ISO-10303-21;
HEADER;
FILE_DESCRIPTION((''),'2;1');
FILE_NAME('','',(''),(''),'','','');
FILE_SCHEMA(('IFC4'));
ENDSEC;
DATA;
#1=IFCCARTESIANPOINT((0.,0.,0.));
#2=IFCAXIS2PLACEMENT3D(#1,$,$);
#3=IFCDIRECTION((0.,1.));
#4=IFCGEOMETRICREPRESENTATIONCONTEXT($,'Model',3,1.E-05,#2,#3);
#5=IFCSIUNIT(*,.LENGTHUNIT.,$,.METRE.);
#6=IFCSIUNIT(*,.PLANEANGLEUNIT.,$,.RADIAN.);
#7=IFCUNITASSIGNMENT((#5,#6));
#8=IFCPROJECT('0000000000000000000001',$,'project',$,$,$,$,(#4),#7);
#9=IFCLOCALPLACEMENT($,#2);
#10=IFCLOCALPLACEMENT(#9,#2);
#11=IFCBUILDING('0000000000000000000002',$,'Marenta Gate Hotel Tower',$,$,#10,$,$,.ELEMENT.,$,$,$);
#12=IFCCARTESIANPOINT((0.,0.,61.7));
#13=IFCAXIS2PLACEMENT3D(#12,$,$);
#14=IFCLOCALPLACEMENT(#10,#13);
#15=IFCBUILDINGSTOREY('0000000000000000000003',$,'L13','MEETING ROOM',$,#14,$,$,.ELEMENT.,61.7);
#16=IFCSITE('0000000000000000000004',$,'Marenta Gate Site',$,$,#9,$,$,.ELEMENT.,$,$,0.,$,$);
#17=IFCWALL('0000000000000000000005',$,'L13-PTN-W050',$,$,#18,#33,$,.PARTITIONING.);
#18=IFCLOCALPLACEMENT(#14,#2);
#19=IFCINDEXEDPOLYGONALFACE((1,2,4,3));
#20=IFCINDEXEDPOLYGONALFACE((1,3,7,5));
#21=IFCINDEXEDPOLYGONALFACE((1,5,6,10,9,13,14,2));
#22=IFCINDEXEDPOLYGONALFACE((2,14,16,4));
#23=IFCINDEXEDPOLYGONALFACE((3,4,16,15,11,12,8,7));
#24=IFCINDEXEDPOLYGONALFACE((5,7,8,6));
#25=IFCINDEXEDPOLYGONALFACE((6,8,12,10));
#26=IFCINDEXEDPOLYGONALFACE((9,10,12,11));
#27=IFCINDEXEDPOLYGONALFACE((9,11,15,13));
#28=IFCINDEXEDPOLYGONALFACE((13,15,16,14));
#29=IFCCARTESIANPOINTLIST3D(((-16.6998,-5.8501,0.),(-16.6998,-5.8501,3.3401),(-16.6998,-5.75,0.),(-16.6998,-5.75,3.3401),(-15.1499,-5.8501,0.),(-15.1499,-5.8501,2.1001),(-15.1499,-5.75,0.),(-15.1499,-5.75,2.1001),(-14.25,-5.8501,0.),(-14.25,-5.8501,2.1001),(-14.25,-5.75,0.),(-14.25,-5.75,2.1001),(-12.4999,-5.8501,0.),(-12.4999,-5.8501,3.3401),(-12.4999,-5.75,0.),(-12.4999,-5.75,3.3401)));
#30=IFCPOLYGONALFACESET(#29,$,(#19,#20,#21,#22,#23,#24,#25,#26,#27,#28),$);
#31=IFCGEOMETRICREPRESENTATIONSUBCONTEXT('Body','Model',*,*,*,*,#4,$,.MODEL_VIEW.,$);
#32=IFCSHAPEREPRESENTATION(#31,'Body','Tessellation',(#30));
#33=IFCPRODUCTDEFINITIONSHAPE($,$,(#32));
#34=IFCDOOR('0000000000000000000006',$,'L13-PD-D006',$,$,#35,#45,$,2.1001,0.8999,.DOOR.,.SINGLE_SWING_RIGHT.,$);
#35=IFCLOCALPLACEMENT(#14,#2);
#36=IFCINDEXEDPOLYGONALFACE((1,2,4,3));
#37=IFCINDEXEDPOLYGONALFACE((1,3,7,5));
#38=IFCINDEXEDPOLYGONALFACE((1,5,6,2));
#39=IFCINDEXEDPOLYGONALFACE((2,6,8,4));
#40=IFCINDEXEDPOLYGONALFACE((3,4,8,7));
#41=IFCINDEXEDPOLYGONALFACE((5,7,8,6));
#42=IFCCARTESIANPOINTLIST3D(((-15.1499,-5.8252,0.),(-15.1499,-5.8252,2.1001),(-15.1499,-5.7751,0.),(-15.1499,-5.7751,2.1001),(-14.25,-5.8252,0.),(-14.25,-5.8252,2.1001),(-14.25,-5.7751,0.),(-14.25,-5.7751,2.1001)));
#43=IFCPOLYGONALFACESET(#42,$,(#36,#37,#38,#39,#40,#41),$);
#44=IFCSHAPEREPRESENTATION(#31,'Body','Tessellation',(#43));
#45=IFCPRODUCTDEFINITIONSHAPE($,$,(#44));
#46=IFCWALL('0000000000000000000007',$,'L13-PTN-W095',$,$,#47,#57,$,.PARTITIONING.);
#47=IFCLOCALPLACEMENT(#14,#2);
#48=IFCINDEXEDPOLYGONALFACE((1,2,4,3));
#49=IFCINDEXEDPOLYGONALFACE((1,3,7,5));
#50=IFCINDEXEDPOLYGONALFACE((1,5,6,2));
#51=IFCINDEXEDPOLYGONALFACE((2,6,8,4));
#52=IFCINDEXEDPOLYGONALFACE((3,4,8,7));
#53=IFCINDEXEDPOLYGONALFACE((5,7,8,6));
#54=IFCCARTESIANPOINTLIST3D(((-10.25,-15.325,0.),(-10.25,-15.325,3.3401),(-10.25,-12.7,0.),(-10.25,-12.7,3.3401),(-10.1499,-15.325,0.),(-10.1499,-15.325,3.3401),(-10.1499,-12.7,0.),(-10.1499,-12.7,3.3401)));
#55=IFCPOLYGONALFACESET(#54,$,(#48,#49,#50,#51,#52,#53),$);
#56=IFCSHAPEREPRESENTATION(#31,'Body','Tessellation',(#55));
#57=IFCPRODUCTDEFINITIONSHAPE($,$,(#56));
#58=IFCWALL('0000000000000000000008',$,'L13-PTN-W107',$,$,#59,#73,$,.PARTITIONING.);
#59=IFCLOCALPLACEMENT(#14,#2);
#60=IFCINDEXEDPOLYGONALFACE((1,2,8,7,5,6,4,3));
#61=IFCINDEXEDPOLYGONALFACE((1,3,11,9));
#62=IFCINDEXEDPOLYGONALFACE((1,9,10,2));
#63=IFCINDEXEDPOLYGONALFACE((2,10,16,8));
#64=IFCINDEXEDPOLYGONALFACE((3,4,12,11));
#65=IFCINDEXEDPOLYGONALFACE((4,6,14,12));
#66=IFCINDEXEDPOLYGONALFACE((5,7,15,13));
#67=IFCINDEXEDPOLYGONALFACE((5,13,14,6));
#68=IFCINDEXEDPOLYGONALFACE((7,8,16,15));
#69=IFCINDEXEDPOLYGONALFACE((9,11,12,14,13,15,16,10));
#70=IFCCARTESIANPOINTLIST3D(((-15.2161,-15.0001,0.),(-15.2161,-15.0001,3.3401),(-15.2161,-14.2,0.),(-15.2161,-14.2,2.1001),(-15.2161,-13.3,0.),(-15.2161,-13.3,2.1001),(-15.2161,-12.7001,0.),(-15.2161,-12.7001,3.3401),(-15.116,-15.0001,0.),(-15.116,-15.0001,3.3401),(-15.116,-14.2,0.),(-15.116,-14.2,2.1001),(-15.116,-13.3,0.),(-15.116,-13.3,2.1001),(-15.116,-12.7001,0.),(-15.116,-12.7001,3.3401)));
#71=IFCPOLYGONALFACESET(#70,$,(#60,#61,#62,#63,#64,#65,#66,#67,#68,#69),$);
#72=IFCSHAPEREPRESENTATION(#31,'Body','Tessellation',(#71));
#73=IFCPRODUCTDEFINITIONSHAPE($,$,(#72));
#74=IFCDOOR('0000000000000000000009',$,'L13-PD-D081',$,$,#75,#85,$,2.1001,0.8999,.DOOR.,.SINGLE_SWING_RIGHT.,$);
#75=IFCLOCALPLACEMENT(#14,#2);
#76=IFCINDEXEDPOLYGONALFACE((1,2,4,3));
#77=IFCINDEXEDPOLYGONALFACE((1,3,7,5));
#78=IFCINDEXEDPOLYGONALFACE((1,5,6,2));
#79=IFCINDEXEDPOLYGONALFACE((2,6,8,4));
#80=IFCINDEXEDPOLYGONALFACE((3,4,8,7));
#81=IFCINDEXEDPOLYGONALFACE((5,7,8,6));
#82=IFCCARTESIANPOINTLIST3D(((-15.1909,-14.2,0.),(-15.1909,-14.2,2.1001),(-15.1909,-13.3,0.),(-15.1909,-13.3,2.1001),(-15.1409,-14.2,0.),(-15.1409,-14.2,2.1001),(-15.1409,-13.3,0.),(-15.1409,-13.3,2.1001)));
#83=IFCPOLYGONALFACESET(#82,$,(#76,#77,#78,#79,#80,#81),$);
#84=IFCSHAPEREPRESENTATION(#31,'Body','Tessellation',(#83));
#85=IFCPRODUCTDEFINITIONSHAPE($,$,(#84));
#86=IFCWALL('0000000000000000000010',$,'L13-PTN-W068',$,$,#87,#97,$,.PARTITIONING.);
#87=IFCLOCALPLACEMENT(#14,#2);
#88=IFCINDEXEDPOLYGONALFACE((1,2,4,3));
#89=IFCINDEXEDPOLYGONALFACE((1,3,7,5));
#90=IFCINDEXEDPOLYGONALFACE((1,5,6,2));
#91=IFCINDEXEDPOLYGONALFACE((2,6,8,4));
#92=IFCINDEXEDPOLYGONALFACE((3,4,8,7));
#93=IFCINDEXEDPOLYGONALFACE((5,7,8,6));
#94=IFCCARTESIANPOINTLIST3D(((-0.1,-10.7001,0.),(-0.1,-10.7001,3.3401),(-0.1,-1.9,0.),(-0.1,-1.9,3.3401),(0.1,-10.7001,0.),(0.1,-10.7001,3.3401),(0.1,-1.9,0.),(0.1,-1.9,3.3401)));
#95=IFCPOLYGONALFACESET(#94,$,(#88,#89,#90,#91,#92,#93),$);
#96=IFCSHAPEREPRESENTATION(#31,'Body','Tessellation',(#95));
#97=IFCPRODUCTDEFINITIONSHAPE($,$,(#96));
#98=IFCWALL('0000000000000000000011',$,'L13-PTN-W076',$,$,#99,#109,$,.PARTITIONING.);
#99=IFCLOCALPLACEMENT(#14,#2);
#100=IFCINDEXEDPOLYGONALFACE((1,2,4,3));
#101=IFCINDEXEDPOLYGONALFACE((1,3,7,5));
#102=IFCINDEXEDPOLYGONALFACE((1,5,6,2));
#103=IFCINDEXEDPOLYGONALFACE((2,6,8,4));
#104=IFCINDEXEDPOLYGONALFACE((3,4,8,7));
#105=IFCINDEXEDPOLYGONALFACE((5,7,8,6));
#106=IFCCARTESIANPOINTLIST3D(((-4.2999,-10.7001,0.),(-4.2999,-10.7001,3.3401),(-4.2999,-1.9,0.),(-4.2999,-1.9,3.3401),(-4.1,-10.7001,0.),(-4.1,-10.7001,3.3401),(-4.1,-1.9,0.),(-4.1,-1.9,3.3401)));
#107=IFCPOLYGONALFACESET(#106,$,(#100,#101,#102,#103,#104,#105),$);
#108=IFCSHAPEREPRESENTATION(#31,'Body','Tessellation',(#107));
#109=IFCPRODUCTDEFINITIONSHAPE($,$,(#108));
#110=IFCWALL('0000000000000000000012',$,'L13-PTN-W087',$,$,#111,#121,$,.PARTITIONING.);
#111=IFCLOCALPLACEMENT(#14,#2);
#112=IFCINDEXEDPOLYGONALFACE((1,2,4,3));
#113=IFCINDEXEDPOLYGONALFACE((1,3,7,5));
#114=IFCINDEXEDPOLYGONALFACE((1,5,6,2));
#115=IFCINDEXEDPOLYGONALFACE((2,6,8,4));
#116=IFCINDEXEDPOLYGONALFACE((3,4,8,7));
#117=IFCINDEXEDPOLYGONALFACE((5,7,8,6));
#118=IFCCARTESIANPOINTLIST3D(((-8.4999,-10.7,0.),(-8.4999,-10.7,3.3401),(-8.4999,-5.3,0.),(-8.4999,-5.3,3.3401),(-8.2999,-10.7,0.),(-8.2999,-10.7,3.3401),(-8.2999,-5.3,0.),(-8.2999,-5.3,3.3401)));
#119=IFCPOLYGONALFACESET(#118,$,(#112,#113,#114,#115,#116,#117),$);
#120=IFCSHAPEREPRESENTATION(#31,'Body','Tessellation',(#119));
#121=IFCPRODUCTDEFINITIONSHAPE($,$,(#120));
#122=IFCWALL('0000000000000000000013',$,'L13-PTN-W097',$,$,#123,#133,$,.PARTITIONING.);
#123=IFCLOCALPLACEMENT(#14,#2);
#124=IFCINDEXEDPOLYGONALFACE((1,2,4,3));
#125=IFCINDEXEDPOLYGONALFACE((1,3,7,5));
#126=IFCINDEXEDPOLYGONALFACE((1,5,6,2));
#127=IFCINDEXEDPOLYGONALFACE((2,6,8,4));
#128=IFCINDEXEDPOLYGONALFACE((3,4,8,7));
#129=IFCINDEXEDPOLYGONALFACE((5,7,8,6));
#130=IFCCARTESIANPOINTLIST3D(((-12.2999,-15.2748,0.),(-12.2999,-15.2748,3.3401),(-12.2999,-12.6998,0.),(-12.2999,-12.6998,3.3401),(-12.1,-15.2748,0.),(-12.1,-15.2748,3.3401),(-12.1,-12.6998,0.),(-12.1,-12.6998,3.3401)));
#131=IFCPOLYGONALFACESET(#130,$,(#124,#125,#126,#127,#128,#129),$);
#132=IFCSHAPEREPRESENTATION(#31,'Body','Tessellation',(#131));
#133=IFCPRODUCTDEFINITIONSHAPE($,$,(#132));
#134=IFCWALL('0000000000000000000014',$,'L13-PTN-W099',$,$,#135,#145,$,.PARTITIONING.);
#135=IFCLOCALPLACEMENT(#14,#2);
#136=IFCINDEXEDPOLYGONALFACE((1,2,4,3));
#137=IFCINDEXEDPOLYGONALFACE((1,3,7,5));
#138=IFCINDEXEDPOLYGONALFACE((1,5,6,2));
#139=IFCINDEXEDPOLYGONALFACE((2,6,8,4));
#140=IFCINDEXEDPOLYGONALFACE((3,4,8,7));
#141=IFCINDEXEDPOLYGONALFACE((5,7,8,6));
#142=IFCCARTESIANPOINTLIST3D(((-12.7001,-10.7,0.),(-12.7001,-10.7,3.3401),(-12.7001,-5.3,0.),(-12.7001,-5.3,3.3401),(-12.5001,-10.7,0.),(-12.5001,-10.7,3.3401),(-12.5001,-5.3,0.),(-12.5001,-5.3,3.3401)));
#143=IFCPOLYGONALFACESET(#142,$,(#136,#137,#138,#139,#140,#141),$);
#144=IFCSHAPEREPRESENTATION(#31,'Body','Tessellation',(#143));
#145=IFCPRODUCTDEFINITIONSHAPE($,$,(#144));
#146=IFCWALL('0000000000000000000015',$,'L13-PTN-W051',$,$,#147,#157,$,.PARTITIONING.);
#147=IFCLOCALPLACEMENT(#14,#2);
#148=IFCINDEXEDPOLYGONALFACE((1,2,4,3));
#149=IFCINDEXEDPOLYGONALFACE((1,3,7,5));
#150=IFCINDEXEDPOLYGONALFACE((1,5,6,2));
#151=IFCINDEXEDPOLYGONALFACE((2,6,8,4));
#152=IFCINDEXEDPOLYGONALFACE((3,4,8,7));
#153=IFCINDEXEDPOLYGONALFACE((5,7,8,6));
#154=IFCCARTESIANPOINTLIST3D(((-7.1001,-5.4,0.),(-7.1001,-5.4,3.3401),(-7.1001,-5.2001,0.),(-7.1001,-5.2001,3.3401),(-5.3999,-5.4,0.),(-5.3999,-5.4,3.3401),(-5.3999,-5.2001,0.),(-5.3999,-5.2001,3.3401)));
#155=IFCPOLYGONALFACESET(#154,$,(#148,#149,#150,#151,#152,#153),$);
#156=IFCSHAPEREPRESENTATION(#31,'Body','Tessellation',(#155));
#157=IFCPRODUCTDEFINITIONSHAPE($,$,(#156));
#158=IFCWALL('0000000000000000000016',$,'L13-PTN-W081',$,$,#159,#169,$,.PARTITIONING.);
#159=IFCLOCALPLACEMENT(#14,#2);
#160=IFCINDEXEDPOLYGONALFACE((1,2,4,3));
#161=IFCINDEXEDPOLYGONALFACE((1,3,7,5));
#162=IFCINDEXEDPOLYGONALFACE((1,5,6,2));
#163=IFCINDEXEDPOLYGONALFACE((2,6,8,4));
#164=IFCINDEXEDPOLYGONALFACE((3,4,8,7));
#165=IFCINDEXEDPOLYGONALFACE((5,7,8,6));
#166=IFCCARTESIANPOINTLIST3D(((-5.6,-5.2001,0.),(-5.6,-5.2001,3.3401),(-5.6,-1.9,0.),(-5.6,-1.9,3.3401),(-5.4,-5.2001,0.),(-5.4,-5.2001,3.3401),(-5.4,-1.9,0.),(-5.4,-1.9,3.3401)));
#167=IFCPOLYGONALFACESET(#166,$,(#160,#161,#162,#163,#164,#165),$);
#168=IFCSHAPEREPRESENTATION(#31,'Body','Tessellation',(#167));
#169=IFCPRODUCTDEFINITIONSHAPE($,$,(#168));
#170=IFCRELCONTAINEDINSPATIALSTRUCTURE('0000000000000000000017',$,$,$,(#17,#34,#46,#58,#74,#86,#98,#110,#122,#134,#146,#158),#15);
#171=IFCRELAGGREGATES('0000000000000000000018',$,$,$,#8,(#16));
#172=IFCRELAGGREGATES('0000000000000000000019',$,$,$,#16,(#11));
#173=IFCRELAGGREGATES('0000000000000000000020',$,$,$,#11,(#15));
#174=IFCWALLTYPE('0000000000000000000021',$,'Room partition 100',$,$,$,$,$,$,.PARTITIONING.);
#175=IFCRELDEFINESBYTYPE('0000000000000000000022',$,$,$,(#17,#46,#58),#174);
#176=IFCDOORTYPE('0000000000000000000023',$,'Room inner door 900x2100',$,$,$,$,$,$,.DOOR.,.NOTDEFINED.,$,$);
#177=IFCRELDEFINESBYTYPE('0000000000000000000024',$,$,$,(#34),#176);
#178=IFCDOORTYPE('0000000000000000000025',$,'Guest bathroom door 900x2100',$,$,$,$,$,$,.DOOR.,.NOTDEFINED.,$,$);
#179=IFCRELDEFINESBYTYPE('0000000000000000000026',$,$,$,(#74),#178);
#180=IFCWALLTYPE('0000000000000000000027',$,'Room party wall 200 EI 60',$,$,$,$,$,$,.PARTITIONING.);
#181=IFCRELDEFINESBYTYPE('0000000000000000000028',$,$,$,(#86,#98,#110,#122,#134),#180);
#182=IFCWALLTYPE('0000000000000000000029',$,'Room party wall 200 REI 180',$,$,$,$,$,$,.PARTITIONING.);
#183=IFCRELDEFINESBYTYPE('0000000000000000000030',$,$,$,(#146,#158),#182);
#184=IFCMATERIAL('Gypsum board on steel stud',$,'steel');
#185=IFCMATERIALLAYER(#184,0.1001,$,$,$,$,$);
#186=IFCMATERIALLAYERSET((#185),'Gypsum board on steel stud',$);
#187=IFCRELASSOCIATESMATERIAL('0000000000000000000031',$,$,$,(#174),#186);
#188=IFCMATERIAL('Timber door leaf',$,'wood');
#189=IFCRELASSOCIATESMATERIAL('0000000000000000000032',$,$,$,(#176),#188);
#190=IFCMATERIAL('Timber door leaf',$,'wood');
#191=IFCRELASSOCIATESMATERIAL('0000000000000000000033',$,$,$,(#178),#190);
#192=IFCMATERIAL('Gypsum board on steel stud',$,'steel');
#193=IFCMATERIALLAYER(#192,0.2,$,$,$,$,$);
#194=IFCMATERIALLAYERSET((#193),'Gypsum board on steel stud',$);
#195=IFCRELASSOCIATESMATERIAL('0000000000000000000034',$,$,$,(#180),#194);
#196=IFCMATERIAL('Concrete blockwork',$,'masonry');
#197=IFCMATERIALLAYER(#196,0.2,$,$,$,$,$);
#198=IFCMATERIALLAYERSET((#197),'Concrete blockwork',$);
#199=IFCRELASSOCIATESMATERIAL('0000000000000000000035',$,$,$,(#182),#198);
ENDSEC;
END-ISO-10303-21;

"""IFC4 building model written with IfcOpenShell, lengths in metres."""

from ifc_helpers import new_model, si_unit, direction, frame, frame_2d, origin, place, context, subcontext, project, spatial, rectangle, extrude, material, layer, layer_set, type_object, element, fill, save


model = new_model("IFC4")

# Units and contexts
model_context = context("Model", 3, precision=1e-05, world=origin(), true_north=direction((0.0, 1.0)))
body_context = subcontext(model_context, "Body", "Model", "MODEL_VIEW")
ifc_project = project(units=[si_unit("LENGTHUNIT", "METRE"), si_unit("PLANEANGLEUNIT", "RADIAN")], contexts=[model_context])

# Site, building, storey
site_placement = place(None, origin())
site = spatial("IfcSite", under=ifc_project, at=site_placement, Name="Marenta Gate Site", CompositionType="ELEMENT", RefElevation=0.0)
building_placement = place(site_placement, origin())
building = spatial("IfcBuilding", under=site, at=building_placement, Name="Marenta Gate Hotel Tower", CompositionType="ELEMENT")
storey_placement = place(building_placement, frame((0.0, 0.0, 61.7)))
storey = spatial("IfcBuildingStorey", under=building, at=storey_placement, Name="L13", Description="MEETING ROOM", CompositionType="ELEMENT", Elevation=61.7)

# Wall, opening, door
ifc_material_1 = material(Name="Gypsum board on steel stud", Category="steel")
ifc_layer_1 = layer(ifc_material_1, 0.1001)
ifc_layer_set_1 = layer_set([ifc_layer_1], Name="Gypsum board on steel stud")
wall_type_1 = type_object("IfcWallType", Name="Room partition 100", PredefinedType="PARTITIONING", material=ifc_layer_set_1)
wall_1_placement = place(storey_placement, frame((-16.7, -5.8, 0.0), z_axis=(0.0, 0.0, 1.0), x_axis=(1.0, 0.0, 0.0)))
wall_1 = element("IfcWall", 1, at=wall_1_placement, inside=storey, type_object=wall_type_1, Name="L13-PTN-W050", PredefinedType="PARTITIONING", context=body_context, shape_type="SweptSolid", body=[
    extrude(rectangle(XDim=4.2, YDim=0.1001, at=frame_2d((2.1001, 0.0))), origin(), (0.0, 0.0, 1.0), 3.3401),
])
opening_1_placement = place(wall_1_placement, frame((1.55, 0.0, 0.0)))
opening_1 = element("IfcOpeningElement", 2, at=opening_1_placement, cuts=wall_1, PredefinedType="OPENING", context=body_context, shape_type="SweptSolid", body=[
    extrude(rectangle(XDim=0.8999, YDim=2.1001, at=frame_2d((0.45, 1.05))), frame((0.0, 0.05, 0.0), z_axis=(0.0, -1.0, 0.0), x_axis=(1.0, 0.0, 0.0)), (0.0, 0.0, 1.0), 0.1001),
])
ifc_material_2 = material(Name="Timber door leaf", Category="wood")
door_type_1 = type_object("IfcDoorType", Name="Room inner door 900x2100", OperationType="NOTDEFINED", PredefinedType="DOOR", material=ifc_material_2)
door_1_placement = place(opening_1_placement, origin())
door_1 = element("IfcDoor", 3, at=door_1_placement, inside=storey, type_object=door_type_1, Name="L13-PD-D006", OperationType="SINGLE_SWING_RIGHT", OverallHeight=2.1001, OverallWidth=0.8999, PredefinedType="DOOR", context=body_context, shape_type="SweptSolid", body=[
    extrude(rectangle(XDim=0.8999, YDim=2.1001, at=frame_2d((0.45, 1.05))), frame((0.0, 0.0249, 0.0), z_axis=(0.0, -1.0, 0.0), x_axis=(1.0, 0.0, 0.0)), (0.0, 0.0, 1.0), 0.05),
])
fill(opening_1, door_1)

# Wall
wall_2_placement = place(storey_placement, frame((-10.2, -15.325, 0.0), z_axis=(0.0, 0.0, 1.0), x_axis=(0.0, 1.0, 0.0)))
element("IfcWall", 4, at=wall_2_placement, inside=storey, type_object=wall_type_1, Name="L13-PTN-W095", PredefinedType="PARTITIONING", context=body_context, shape_type="SweptSolid", body=[
    extrude(rectangle(XDim=2.625, YDim=0.1001, at=frame_2d((1.3125, 0.0))), origin(), (0.0, 0.0, 1.0), 3.3401),
])

# Wall, opening, door
wall_3_placement = place(storey_placement, frame((-15.166, -15.0, 0.0), z_axis=(0.0, 0.0, 1.0), x_axis=(0.0, 1.0, 0.0)))
wall_3 = element("IfcWall", 5, at=wall_3_placement, inside=storey, type_object=wall_type_1, Name="L13-PTN-W107", PredefinedType="PARTITIONING", context=body_context, shape_type="SweptSolid", body=[
    extrude(rectangle(XDim=2.3, YDim=0.1001, at=frame_2d((1.1499, 0.0))), origin(), (0.0, 0.0, 1.0), 3.3401),
])
opening_2_placement = place(wall_3_placement, frame((0.8, 0.0, 0.0)))
opening_2 = element("IfcOpeningElement", 6, at=opening_2_placement, cuts=wall_3, PredefinedType="OPENING", context=body_context, shape_type="SweptSolid", body=[
    extrude(rectangle(XDim=0.8999, YDim=2.1001, at=frame_2d((0.45, 1.05))), frame((0.0, 0.05, 0.0), z_axis=(0.0, -1.0, 0.0), x_axis=(1.0, 0.0, 0.0)), (0.0, 0.0, 1.0), 0.1001),
])
ifc_material_3 = material(Name="Timber door leaf", Category="wood")
door_type_2 = type_object("IfcDoorType", Name="Guest bathroom door 900x2100", OperationType="NOTDEFINED", PredefinedType="DOOR", material=ifc_material_3)
door_2_placement = place(opening_2_placement, origin())
door_2 = element("IfcDoor", 7, at=door_2_placement, inside=storey, type_object=door_type_2, Name="L13-PD-D081", OperationType="SINGLE_SWING_RIGHT", OverallHeight=2.1001, OverallWidth=0.8999, PredefinedType="DOOR", context=body_context, shape_type="SweptSolid", body=[
    extrude(rectangle(XDim=0.8999, YDim=2.1001, at=frame_2d((0.45, 1.05))), frame((0.0, 0.0249, 0.0), z_axis=(0.0, -1.0, 0.0), x_axis=(1.0, 0.0, 0.0)), (0.0, 0.0, 1.0), 0.05),
])
fill(opening_2, door_2)

# Walls
ifc_material_4 = material(Name="Gypsum board on steel stud", Category="steel")
ifc_layer_2 = layer(ifc_material_4, 0.2)
ifc_layer_set_2 = layer_set([ifc_layer_2], Name="Gypsum board on steel stud")
wall_type_2 = type_object("IfcWallType", Name="Room party wall 200 EI 60", PredefinedType="PARTITIONING", material=ifc_layer_set_2)
for number, where, z_axis, x_axis, name in (
    (8, (0.0, -10.7, 0.0), (0.0, 0.0, 1.0), (0.0, 1.0, 0.0), "L13-PTN-W068"),
    (9, (-4.2, -10.7, 0.0), (0.0, 0.0, 1.0), (0.0, 1.0, 0.0), "L13-PTN-W076"),
):
    element("IfcWall", number, at=place(storey_placement, frame(where, z_axis=z_axis, x_axis=x_axis)), inside=storey, type_object=wall_type_2, Name=name, PredefinedType="PARTITIONING", context=body_context, shape_type="SweptSolid", body=[
        extrude(rectangle(XDim=8.8, YDim=0.2, at=frame_2d((4.3999, 0.0))), origin(), (0.0, 0.0, 1.0), 3.3401),
    ])
wall_4_placement = place(storey_placement, frame((-8.3999, -10.7, 0.0), z_axis=(0.0, 0.0, 1.0), x_axis=(0.0, 1.0, 0.0)))
element("IfcWall", 10, at=wall_4_placement, inside=storey, type_object=wall_type_2, Name="L13-PTN-W087", PredefinedType="PARTITIONING", context=body_context, shape_type="SweptSolid", body=[
    extrude(rectangle(XDim=5.3999, YDim=0.2, at=frame_2d((2.7, 0.0))), origin(), (0.0, 0.0, 1.0), 3.3401),
])
wall_5_placement = place(storey_placement, frame((-12.2, -15.2749, 0.0), z_axis=(0.0, 0.0, 1.0), x_axis=(0.0, 1.0, 0.0)))
element("IfcWall", 11, at=wall_5_placement, inside=storey, type_object=wall_type_2, Name="L13-PTN-W097", PredefinedType="PARTITIONING", context=body_context, shape_type="SweptSolid", body=[
    extrude(rectangle(XDim=2.575, YDim=0.2, at=frame_2d((1.2876, 0.0))), origin(), (0.0, 0.0, 1.0), 3.3401),
])
wall_6_placement = place(storey_placement, frame((-12.6001, -10.7, 0.0), z_axis=(0.0, 0.0, 1.0), x_axis=(0.0, 1.0, 0.0)))
element("IfcWall", 12, at=wall_6_placement, inside=storey, type_object=wall_type_2, Name="L13-PTN-W099", PredefinedType="PARTITIONING", context=body_context, shape_type="SweptSolid", body=[
    extrude(rectangle(XDim=5.3999, YDim=0.2, at=frame_2d((2.7, 0.0))), origin(), (0.0, 0.0, 1.0), 3.3401),
])
ifc_material_5 = material(Name="Concrete blockwork", Category="masonry")
ifc_layer_3 = layer(ifc_material_5, 0.2)
ifc_layer_set_3 = layer_set([ifc_layer_3], Name="Concrete blockwork")
wall_type_3 = type_object("IfcWallType", Name="Room party wall 200 REI 180", PredefinedType="PARTITIONING", material=ifc_layer_set_3)
wall_7_placement = place(storey_placement, frame((-7.1001, -5.3, 0.0), z_axis=(0.0, 0.0, 1.0), x_axis=(1.0, 0.0, 0.0)))
element("IfcWall", 13, at=wall_7_placement, inside=storey, type_object=wall_type_3, Name="L13-PTN-W051", PredefinedType="PARTITIONING", context=body_context, shape_type="SweptSolid", body=[
    extrude(rectangle(XDim=1.7002, YDim=0.2, at=frame_2d((0.8501, 0.0))), origin(), (0.0, 0.0, 1.0), 3.3401),
])
wall_8_placement = place(storey_placement, frame((-5.5, -5.2, 0.0), z_axis=(0.0, 0.0, 1.0), x_axis=(0.0, 1.0, 0.0)))
element("IfcWall", 14, at=wall_8_placement, inside=storey, type_object=wall_type_3, Name="L13-PTN-W081", PredefinedType="PARTITIONING", context=body_context, shape_type="SweptSolid", body=[
    extrude(rectangle(XDim=3.3, YDim=0.2, at=frame_2d((1.6499, 0.0))), origin(), (0.0, 0.0, 1.0), 3.3401),
])

save(model, "model.ifc")
